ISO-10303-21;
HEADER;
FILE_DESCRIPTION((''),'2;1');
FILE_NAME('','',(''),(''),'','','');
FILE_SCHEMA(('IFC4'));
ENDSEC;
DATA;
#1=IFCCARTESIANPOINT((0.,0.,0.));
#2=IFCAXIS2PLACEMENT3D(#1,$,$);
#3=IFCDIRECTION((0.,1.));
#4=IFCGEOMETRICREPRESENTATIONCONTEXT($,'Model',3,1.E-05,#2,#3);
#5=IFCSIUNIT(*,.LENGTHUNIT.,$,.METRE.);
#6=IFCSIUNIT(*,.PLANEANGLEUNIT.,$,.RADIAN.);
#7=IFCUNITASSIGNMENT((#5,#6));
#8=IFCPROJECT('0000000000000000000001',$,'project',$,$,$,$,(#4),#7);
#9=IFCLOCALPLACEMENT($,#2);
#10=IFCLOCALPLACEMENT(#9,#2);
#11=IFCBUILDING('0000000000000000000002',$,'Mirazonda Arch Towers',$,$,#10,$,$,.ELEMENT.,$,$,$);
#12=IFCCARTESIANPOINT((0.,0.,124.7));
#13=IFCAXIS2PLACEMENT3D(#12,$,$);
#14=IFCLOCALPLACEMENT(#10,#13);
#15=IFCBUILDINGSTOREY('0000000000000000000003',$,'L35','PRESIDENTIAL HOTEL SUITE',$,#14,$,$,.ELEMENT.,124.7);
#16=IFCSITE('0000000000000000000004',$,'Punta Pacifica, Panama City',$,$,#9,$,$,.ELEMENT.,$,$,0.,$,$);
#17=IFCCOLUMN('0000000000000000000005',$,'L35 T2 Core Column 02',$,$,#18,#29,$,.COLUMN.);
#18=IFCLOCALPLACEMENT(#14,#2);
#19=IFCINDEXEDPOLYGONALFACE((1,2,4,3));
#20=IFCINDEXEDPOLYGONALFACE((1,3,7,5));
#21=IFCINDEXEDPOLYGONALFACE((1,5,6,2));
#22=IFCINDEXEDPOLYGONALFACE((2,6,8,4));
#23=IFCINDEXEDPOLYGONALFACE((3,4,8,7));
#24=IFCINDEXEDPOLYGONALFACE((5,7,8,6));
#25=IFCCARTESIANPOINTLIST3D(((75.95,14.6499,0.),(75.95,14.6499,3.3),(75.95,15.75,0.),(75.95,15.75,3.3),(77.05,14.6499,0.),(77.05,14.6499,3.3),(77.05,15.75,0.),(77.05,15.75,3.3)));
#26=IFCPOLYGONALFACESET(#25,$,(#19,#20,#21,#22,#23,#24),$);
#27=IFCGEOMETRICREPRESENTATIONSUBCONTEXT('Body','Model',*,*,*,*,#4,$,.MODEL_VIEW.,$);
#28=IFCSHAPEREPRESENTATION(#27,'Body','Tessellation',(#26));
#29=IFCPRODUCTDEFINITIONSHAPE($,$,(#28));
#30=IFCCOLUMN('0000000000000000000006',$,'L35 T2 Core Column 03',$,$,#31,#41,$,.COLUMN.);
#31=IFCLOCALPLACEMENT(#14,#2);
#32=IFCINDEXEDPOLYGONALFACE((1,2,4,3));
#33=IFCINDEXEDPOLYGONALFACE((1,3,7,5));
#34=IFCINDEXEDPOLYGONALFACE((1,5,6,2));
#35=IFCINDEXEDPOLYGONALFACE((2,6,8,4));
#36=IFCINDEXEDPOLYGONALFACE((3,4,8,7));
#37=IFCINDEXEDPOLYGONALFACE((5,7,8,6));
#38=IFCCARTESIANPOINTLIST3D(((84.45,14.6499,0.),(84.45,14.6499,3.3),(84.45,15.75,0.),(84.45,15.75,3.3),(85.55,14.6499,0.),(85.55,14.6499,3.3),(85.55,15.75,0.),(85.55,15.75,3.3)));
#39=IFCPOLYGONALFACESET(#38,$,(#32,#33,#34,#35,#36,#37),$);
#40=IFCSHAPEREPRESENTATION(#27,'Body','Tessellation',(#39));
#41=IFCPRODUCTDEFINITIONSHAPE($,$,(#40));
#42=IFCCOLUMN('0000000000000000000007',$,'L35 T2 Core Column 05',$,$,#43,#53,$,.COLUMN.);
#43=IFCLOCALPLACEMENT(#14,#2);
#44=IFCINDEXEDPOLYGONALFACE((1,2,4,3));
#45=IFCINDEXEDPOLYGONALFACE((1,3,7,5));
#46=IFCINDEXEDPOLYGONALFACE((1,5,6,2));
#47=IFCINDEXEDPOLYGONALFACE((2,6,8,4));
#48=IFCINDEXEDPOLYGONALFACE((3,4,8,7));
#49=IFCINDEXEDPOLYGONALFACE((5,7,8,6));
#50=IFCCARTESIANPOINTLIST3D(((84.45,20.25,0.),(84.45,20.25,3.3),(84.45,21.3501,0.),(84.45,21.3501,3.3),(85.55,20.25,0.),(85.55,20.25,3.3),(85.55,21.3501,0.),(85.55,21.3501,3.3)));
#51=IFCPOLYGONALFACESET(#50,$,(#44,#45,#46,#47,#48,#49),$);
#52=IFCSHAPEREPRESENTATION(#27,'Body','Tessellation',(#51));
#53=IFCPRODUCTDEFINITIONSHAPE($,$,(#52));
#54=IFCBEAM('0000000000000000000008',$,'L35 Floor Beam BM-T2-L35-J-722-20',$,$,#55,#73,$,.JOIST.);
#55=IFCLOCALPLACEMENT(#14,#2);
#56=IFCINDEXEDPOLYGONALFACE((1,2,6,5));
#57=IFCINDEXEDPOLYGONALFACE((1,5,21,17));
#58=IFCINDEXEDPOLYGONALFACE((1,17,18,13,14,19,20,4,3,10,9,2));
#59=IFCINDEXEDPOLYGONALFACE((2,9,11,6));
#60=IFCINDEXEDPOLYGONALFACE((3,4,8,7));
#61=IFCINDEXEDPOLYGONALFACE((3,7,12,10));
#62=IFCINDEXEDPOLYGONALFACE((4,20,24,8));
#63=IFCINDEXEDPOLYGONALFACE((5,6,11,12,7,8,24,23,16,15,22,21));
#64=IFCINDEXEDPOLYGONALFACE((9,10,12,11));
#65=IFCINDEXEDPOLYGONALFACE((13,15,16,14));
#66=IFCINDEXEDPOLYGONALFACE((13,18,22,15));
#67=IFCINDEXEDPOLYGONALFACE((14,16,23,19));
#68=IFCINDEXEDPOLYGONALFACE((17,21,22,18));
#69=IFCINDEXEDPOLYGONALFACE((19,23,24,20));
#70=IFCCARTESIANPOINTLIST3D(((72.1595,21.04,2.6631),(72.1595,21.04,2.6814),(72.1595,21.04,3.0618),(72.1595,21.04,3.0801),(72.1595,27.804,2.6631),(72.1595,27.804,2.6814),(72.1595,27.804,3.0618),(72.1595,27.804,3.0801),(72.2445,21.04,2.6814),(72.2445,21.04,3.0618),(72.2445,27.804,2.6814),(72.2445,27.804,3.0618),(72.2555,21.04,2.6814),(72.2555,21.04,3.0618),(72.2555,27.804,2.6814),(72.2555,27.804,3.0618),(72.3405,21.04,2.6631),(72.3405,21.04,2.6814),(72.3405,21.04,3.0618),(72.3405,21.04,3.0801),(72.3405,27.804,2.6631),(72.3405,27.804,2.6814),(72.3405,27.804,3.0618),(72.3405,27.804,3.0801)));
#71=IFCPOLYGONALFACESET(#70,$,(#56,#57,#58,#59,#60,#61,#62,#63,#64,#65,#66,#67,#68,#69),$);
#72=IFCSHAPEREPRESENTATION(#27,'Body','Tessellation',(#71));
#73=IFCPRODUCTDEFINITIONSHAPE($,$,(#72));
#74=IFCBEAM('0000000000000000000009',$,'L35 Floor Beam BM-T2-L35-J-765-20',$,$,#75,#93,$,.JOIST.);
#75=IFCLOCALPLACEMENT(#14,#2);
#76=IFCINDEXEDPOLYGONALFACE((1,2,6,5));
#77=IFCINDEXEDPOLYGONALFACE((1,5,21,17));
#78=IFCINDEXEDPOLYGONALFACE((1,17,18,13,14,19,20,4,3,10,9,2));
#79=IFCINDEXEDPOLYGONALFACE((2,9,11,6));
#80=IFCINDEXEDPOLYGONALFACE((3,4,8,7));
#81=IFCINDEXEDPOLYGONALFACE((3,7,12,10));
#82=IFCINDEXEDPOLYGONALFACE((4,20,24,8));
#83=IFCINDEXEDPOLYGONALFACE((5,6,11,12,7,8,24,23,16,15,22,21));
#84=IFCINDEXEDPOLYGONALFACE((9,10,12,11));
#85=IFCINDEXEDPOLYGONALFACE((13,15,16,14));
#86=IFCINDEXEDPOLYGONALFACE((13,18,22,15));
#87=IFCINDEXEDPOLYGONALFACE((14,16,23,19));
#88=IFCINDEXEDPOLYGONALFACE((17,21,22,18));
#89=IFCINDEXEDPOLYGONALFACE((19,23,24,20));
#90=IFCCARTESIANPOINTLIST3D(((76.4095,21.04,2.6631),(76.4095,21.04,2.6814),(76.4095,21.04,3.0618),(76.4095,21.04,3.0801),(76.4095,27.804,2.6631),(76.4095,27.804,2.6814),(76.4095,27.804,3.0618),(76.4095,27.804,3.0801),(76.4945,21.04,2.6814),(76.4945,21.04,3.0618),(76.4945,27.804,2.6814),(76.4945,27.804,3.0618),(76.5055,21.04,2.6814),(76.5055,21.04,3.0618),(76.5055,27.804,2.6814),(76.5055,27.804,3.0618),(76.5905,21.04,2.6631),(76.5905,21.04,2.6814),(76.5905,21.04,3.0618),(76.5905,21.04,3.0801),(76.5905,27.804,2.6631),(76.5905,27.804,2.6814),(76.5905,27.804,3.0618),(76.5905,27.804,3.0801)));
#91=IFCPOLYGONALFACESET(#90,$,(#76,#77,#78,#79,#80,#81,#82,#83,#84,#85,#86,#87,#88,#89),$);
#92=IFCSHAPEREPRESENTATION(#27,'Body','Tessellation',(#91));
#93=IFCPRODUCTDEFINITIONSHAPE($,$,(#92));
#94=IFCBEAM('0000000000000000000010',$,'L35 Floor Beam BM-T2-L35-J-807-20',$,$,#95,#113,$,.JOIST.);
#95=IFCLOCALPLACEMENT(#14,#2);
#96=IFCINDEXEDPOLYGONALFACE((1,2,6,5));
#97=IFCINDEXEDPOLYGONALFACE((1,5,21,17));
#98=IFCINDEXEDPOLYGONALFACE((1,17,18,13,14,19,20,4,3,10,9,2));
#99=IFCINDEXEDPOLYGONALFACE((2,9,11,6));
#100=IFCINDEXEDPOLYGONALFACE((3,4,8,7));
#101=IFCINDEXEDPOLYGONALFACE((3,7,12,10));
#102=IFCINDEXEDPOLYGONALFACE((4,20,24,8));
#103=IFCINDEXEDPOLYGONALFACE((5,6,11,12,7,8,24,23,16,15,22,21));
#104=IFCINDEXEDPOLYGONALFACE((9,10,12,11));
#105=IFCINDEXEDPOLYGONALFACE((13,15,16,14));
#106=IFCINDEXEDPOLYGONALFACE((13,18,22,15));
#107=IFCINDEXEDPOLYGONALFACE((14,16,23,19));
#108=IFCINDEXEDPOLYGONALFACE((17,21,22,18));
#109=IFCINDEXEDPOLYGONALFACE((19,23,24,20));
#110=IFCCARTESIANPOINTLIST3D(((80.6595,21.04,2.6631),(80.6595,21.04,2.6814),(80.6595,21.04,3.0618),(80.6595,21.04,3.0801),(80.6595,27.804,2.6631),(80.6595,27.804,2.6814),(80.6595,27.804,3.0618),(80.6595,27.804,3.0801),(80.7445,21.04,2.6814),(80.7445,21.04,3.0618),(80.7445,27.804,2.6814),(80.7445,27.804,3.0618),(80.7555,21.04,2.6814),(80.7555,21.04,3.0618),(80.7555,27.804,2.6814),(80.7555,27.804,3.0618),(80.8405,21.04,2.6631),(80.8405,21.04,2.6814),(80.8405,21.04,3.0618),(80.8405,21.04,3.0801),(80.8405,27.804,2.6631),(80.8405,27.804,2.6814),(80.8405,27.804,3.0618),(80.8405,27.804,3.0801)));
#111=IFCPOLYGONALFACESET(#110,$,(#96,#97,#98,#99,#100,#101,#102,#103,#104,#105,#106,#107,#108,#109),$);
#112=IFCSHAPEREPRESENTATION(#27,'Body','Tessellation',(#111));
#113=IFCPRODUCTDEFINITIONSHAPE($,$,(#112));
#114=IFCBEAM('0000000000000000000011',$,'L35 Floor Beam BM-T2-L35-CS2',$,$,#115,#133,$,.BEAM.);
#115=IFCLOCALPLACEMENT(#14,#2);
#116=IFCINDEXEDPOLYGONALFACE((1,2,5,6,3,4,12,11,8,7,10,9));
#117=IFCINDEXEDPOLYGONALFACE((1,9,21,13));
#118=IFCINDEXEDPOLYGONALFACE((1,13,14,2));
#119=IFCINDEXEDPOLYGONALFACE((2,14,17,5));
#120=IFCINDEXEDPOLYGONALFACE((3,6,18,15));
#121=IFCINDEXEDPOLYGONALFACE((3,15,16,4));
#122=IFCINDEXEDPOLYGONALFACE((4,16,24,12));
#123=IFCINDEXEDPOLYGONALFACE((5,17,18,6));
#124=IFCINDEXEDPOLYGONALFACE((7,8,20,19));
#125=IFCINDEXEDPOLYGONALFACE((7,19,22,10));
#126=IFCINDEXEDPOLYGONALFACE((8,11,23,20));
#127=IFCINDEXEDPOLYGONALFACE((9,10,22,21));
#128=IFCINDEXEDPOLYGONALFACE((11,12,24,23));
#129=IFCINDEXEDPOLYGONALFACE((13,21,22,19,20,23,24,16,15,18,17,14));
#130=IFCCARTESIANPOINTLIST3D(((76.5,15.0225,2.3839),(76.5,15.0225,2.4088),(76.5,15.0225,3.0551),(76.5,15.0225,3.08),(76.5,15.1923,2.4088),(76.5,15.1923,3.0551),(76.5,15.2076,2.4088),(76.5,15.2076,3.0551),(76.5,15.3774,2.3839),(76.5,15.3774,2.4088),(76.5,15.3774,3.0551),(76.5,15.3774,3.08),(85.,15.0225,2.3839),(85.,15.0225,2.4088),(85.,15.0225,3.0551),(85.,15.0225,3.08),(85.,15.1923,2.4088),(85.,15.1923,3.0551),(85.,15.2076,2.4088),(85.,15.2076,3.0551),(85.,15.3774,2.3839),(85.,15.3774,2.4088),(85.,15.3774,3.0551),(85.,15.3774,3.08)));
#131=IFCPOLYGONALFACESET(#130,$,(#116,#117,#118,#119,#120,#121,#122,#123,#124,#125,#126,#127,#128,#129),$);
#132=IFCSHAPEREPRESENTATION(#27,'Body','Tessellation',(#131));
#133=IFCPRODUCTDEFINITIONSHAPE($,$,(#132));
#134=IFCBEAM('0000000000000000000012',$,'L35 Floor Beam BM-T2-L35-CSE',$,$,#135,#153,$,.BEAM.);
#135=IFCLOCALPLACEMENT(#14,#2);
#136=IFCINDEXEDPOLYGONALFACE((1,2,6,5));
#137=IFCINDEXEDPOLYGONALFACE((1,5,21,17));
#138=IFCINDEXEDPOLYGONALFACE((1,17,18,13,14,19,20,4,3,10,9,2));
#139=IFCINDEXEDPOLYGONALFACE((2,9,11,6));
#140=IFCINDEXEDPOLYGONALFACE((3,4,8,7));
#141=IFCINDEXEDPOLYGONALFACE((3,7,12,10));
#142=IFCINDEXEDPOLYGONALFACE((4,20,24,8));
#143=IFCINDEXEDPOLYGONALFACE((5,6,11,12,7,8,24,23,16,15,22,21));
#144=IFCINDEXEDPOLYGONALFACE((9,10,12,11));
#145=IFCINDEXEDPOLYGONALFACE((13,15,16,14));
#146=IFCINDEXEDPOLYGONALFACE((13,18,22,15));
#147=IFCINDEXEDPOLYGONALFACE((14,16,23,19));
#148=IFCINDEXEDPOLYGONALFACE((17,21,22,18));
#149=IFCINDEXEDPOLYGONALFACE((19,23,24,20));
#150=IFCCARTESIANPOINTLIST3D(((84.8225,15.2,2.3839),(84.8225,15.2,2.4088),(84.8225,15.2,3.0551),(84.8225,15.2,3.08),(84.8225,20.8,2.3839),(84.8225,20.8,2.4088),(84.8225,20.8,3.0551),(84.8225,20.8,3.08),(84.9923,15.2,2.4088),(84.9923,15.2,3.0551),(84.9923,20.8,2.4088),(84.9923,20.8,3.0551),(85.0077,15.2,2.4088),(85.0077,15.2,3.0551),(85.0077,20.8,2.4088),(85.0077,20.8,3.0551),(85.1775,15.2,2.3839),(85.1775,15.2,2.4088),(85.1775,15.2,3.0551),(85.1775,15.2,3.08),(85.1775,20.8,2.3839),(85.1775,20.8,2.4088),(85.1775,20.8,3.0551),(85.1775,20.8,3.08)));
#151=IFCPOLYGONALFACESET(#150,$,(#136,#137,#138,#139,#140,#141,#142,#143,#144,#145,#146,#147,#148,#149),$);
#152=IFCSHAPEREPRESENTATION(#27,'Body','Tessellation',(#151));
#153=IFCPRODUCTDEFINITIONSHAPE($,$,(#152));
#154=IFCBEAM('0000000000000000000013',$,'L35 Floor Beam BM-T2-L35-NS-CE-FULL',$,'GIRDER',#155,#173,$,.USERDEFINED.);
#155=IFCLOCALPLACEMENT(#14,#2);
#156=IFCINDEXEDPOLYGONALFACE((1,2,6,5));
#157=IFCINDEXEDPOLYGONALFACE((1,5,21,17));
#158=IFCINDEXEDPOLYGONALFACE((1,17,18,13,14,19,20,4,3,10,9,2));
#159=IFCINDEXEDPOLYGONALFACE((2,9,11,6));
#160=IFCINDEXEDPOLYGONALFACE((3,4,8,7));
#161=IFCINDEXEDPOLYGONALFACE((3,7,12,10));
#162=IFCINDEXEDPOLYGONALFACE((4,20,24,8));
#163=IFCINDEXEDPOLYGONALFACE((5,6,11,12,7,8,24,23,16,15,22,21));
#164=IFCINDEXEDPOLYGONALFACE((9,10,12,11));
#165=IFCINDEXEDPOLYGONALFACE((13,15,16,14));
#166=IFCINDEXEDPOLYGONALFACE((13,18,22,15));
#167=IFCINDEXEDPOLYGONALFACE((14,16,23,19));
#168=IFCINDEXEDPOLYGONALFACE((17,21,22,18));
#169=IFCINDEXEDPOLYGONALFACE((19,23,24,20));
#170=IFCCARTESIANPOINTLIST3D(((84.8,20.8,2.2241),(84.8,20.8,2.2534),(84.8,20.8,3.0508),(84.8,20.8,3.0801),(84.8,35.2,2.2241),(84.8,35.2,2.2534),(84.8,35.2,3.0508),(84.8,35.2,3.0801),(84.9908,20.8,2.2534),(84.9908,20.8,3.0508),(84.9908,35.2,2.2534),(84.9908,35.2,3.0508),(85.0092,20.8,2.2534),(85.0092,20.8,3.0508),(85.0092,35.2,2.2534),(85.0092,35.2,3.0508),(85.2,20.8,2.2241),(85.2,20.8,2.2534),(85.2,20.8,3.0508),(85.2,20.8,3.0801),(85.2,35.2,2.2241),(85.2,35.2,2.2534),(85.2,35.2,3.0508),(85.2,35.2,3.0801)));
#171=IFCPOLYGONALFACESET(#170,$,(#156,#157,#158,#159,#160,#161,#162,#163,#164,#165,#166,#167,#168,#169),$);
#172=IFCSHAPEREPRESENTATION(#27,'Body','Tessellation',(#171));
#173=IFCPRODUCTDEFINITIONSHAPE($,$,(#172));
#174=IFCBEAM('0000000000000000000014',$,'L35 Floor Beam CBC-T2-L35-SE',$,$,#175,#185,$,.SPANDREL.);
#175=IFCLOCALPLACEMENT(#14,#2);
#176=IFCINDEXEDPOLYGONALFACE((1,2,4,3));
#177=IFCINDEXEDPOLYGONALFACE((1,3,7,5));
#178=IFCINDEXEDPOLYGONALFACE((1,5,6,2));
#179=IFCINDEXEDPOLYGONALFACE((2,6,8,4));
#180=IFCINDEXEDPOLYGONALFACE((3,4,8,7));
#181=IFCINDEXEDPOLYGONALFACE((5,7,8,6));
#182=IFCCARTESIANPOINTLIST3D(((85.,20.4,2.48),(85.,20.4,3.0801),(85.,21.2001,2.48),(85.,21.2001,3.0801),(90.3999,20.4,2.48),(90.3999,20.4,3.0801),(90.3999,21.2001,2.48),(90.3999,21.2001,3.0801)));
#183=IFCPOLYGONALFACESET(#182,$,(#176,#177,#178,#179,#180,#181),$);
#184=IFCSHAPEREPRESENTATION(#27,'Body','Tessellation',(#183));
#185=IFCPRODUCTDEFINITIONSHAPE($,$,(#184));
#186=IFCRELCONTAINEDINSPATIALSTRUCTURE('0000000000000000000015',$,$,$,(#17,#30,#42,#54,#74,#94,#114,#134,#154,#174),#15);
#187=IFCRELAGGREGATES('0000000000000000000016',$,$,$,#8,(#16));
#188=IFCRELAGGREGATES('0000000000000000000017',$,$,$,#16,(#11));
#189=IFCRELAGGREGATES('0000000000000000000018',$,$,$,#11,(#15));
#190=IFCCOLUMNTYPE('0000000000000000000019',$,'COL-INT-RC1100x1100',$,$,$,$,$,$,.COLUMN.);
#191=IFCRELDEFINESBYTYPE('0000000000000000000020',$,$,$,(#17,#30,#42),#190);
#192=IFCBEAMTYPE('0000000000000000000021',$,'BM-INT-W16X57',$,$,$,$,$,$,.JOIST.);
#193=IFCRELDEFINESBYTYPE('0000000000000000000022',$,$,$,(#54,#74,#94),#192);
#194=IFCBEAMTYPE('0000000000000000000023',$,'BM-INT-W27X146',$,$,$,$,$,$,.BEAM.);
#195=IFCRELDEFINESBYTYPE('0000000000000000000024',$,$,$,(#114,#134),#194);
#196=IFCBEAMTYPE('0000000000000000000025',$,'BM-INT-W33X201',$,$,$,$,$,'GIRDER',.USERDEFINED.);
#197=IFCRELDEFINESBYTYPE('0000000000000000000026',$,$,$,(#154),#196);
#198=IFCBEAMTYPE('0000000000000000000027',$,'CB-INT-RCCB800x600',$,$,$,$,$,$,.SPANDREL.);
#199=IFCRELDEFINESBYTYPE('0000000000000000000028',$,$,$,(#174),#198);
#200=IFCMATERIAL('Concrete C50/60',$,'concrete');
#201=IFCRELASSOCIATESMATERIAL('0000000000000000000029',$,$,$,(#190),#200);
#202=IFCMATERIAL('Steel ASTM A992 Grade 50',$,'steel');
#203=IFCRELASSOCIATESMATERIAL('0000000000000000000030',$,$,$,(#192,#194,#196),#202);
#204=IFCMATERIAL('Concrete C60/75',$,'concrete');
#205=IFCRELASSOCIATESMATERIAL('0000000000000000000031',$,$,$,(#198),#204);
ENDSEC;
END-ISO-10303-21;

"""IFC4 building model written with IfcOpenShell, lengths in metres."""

from ifc_helpers import new_model, si_unit, direction, frame, origin, origin_2d, place, context, subcontext, project, spatial, rectangle, i_section, extrude, material, material_profile, profile_set, type_object, element, save


model = new_model("IFC4")

# Units and contexts
model_context = context("Model", 3, precision=1e-05, world=origin(), true_north=direction((0.0, 1.0)))
body_context = subcontext(model_context, "Body", "Model", "MODEL_VIEW")
ifc_project = project(units=[si_unit("LENGTHUNIT", "METRE"), si_unit("PLANEANGLEUNIT", "RADIAN")], contexts=[model_context])

# Site, building, storey
site_placement = place(None, origin())
site = spatial("IfcSite", under=ifc_project, at=site_placement, Name="Punta Pacifica, Panama City", CompositionType="ELEMENT", RefElevation=0.0)
building_placement = place(site_placement, origin())
building = spatial("IfcBuilding", under=site, at=building_placement, Name="Mirazonda Arch Towers", CompositionType="ELEMENT")
storey_placement = place(building_placement, frame((0.0, 0.0, 124.7)))
storey = spatial("IfcBuildingStorey", under=building, at=storey_placement, Name="L35", Description="PRESIDENTIAL HOTEL SUITE", CompositionType="ELEMENT", Elevation=124.7)

# Columns
ifc_material_1 = material(Name="Concrete C50/60", Category="concrete")
ifc_material_profile_1 = material_profile(ifc_material_1, rectangle(XDim=1.1001, YDim=1.1001, at=origin_2d()), Name="RC1100x1100")
ifc_profile_set_1 = profile_set([ifc_material_profile_1], Name="Concrete C50/60")
column_type = type_object("IfcColumnType", Name="COL-INT-RC1100x1100", PredefinedType="COLUMN", material=ifc_profile_set_1)
for number, where, z_axis, x_axis, name in (
    (1, (76.5, 15.2, 0.0), (0.0, 0.0, 1.0), (1.0, 0.0, 0.0), "L35 T2 Core Column 02"),
    (2, (85.0, 15.2, 0.0), (0.0, 0.0, 1.0), (1.0, 0.0, 0.0), "L35 T2 Core Column 03"),
    (3, (85.0, 20.8, 0.0), (0.0, 0.0, 1.0), (1.0, 0.0, 0.0), "L35 T2 Core Column 05"),
):
    element("IfcColumn", number, at=place(storey_placement, frame(where, z_axis=z_axis, x_axis=x_axis)), inside=storey, type_object=column_type, Name=name, PredefinedType="COLUMN", context=body_context, shape_type="SweptSolid", body=[
        extrude(rectangle(XDim=1.1001, YDim=1.1001, at=origin_2d()), origin(), (0.0, 0.0, 1.0), 3.3),
    ])

# Beams
ifc_material_2 = material(Name="Steel ASTM A992 Grade 50", Category="steel")
ifc_material_profile_2 = material_profile(ifc_material_2, i_section(OverallWidth=0.1809, OverallDepth=0.417, WebThickness=0.011, FlangeThickness=0.0183, at=origin_2d()), Name="W16X57")
ifc_profile_set_2 = profile_set([ifc_material_profile_2], Name="Steel ASTM A992 Grade 50")
beam_type_1 = type_object("IfcBeamType", Name="BM-INT-W16X57", PredefinedType="JOIST", material=ifc_profile_set_2)
for number, where, z_axis, x_axis, name in (
    (4, (72.25, 21.04, 2.8716), (0.0, 1.0, 0.0), (-1.0, 0.0, 0.0), "L35 Floor Beam BM-T2-L35-J-722-20"),
    (5, (76.5, 21.04, 2.8716), (0.0, 1.0, 0.0), (-1.0, 0.0, 0.0), "L35 Floor Beam BM-T2-L35-J-765-20"),
    (6, (80.75, 21.04, 2.8716), (0.0, 1.0, 0.0), (-1.0, 0.0, 0.0), "L35 Floor Beam BM-T2-L35-J-807-20"),
):
    element("IfcBeam", number, at=place(storey_placement, frame(where, z_axis=z_axis, x_axis=x_axis)), inside=storey, type_object=beam_type_1, Name=name, PredefinedType="JOIST", context=body_context, shape_type="SweptSolid", body=[
        extrude(i_section(OverallWidth=0.1809, OverallDepth=0.417, WebThickness=0.011, FlangeThickness=0.0183, at=origin_2d()), origin(), (0.0, 0.0, 1.0), 6.7639),
    ])
ifc_material_profile_3 = material_profile(ifc_material_2, i_section(OverallWidth=0.355, OverallDepth=0.696, WebThickness=0.0154, FlangeThickness=0.0249, at=origin_2d()), Name="W27X146")
ifc_profile_set_3 = profile_set([ifc_material_profile_3], Name="Steel ASTM A992 Grade 50")
beam_type_2 = type_object("IfcBeamType", Name="BM-INT-W27X146", PredefinedType="BEAM", material=ifc_profile_set_3)
beam_1_placement = place(storey_placement, frame((76.5, 15.2, 2.7319), z_axis=(1.0, 0.0, 0.0), x_axis=(0.0, 1.0, 0.0)))
element("IfcBeam", 7, at=beam_1_placement, inside=storey, type_object=beam_type_2, Name="L35 Floor Beam BM-T2-L35-CS2", PredefinedType="BEAM", context=body_context, shape_type="SweptSolid", body=[
    extrude(i_section(OverallWidth=0.355, OverallDepth=0.696, WebThickness=0.0154, FlangeThickness=0.0249, at=origin_2d()), origin(), (0.0, 0.0, 1.0), 8.5),
])
beam_2_placement = place(storey_placement, frame((85.0, 15.2, 2.7319), z_axis=(0.0, 1.0, 0.0), x_axis=(-1.0, 0.0, 0.0)))
element("IfcBeam", 8, at=beam_2_placement, inside=storey, type_object=beam_type_2, Name="L35 Floor Beam BM-T2-L35-CSE", PredefinedType="BEAM", context=body_context, shape_type="SweptSolid", body=[
    extrude(i_section(OverallWidth=0.355, OverallDepth=0.696, WebThickness=0.0154, FlangeThickness=0.0249, at=origin_2d()), origin(), (0.0, 0.0, 1.0), 5.6001),
])
ifc_material_profile_4 = material_profile(ifc_material_2, i_section(OverallWidth=0.3999, OverallDepth=0.856, WebThickness=0.0183, FlangeThickness=0.0293, at=origin_2d()), Name="W33X201")
ifc_profile_set_4 = profile_set([ifc_material_profile_4], Name="Steel ASTM A992 Grade 50")
beam_type_3 = type_object("IfcBeamType", Name="BM-INT-W33X201", ElementType="GIRDER", PredefinedType="USERDEFINED", material=ifc_profile_set_4)
beam_3_placement = place(storey_placement, frame((85.0, 20.8, 2.6521), z_axis=(0.0, 1.0, 0.0), x_axis=(-1.0, 0.0, 0.0)))
element("IfcBeam", 9, at=beam_3_placement, inside=storey, type_object=beam_type_3, Name="L35 Floor Beam BM-T2-L35-NS-CE-FULL", ObjectType="GIRDER", PredefinedType="USERDEFINED", context=body_context, shape_type="SweptSolid", body=[
    extrude(i_section(OverallWidth=0.3999, OverallDepth=0.856, WebThickness=0.0183, FlangeThickness=0.0293, at=origin_2d()), origin(), (0.0, 0.0, 1.0), 14.3999),
])
ifc_material_3 = material(Name="Concrete C60/75", Category="concrete")
ifc_material_profile_5 = material_profile(ifc_material_3, rectangle(XDim=0.8, YDim=0.6001, at=origin_2d()), Name="RCCB800x600")
ifc_profile_set_5 = profile_set([ifc_material_profile_5], Name="Concrete C60/75")
beam_type_4 = type_object("IfcBeamType", Name="CB-INT-RCCB800x600", PredefinedType="SPANDREL", material=ifc_profile_set_5)
beam_4_placement = place(storey_placement, frame((85.0, 20.8, 2.78), z_axis=(1.0, 0.0, 0.0), x_axis=(0.0, 1.0, 0.0)))
element("IfcBeam", 10, at=beam_4_placement, inside=storey, type_object=beam_type_4, Name="L35 Floor Beam CBC-T2-L35-SE", PredefinedType="SPANDREL", context=body_context, shape_type="SweptSolid", body=[
    extrude(rectangle(XDim=0.8, YDim=0.6001, at=origin_2d()), origin(), (0.0, 0.0, 1.0), 5.3999),
])

save(model, "model.ifc")
